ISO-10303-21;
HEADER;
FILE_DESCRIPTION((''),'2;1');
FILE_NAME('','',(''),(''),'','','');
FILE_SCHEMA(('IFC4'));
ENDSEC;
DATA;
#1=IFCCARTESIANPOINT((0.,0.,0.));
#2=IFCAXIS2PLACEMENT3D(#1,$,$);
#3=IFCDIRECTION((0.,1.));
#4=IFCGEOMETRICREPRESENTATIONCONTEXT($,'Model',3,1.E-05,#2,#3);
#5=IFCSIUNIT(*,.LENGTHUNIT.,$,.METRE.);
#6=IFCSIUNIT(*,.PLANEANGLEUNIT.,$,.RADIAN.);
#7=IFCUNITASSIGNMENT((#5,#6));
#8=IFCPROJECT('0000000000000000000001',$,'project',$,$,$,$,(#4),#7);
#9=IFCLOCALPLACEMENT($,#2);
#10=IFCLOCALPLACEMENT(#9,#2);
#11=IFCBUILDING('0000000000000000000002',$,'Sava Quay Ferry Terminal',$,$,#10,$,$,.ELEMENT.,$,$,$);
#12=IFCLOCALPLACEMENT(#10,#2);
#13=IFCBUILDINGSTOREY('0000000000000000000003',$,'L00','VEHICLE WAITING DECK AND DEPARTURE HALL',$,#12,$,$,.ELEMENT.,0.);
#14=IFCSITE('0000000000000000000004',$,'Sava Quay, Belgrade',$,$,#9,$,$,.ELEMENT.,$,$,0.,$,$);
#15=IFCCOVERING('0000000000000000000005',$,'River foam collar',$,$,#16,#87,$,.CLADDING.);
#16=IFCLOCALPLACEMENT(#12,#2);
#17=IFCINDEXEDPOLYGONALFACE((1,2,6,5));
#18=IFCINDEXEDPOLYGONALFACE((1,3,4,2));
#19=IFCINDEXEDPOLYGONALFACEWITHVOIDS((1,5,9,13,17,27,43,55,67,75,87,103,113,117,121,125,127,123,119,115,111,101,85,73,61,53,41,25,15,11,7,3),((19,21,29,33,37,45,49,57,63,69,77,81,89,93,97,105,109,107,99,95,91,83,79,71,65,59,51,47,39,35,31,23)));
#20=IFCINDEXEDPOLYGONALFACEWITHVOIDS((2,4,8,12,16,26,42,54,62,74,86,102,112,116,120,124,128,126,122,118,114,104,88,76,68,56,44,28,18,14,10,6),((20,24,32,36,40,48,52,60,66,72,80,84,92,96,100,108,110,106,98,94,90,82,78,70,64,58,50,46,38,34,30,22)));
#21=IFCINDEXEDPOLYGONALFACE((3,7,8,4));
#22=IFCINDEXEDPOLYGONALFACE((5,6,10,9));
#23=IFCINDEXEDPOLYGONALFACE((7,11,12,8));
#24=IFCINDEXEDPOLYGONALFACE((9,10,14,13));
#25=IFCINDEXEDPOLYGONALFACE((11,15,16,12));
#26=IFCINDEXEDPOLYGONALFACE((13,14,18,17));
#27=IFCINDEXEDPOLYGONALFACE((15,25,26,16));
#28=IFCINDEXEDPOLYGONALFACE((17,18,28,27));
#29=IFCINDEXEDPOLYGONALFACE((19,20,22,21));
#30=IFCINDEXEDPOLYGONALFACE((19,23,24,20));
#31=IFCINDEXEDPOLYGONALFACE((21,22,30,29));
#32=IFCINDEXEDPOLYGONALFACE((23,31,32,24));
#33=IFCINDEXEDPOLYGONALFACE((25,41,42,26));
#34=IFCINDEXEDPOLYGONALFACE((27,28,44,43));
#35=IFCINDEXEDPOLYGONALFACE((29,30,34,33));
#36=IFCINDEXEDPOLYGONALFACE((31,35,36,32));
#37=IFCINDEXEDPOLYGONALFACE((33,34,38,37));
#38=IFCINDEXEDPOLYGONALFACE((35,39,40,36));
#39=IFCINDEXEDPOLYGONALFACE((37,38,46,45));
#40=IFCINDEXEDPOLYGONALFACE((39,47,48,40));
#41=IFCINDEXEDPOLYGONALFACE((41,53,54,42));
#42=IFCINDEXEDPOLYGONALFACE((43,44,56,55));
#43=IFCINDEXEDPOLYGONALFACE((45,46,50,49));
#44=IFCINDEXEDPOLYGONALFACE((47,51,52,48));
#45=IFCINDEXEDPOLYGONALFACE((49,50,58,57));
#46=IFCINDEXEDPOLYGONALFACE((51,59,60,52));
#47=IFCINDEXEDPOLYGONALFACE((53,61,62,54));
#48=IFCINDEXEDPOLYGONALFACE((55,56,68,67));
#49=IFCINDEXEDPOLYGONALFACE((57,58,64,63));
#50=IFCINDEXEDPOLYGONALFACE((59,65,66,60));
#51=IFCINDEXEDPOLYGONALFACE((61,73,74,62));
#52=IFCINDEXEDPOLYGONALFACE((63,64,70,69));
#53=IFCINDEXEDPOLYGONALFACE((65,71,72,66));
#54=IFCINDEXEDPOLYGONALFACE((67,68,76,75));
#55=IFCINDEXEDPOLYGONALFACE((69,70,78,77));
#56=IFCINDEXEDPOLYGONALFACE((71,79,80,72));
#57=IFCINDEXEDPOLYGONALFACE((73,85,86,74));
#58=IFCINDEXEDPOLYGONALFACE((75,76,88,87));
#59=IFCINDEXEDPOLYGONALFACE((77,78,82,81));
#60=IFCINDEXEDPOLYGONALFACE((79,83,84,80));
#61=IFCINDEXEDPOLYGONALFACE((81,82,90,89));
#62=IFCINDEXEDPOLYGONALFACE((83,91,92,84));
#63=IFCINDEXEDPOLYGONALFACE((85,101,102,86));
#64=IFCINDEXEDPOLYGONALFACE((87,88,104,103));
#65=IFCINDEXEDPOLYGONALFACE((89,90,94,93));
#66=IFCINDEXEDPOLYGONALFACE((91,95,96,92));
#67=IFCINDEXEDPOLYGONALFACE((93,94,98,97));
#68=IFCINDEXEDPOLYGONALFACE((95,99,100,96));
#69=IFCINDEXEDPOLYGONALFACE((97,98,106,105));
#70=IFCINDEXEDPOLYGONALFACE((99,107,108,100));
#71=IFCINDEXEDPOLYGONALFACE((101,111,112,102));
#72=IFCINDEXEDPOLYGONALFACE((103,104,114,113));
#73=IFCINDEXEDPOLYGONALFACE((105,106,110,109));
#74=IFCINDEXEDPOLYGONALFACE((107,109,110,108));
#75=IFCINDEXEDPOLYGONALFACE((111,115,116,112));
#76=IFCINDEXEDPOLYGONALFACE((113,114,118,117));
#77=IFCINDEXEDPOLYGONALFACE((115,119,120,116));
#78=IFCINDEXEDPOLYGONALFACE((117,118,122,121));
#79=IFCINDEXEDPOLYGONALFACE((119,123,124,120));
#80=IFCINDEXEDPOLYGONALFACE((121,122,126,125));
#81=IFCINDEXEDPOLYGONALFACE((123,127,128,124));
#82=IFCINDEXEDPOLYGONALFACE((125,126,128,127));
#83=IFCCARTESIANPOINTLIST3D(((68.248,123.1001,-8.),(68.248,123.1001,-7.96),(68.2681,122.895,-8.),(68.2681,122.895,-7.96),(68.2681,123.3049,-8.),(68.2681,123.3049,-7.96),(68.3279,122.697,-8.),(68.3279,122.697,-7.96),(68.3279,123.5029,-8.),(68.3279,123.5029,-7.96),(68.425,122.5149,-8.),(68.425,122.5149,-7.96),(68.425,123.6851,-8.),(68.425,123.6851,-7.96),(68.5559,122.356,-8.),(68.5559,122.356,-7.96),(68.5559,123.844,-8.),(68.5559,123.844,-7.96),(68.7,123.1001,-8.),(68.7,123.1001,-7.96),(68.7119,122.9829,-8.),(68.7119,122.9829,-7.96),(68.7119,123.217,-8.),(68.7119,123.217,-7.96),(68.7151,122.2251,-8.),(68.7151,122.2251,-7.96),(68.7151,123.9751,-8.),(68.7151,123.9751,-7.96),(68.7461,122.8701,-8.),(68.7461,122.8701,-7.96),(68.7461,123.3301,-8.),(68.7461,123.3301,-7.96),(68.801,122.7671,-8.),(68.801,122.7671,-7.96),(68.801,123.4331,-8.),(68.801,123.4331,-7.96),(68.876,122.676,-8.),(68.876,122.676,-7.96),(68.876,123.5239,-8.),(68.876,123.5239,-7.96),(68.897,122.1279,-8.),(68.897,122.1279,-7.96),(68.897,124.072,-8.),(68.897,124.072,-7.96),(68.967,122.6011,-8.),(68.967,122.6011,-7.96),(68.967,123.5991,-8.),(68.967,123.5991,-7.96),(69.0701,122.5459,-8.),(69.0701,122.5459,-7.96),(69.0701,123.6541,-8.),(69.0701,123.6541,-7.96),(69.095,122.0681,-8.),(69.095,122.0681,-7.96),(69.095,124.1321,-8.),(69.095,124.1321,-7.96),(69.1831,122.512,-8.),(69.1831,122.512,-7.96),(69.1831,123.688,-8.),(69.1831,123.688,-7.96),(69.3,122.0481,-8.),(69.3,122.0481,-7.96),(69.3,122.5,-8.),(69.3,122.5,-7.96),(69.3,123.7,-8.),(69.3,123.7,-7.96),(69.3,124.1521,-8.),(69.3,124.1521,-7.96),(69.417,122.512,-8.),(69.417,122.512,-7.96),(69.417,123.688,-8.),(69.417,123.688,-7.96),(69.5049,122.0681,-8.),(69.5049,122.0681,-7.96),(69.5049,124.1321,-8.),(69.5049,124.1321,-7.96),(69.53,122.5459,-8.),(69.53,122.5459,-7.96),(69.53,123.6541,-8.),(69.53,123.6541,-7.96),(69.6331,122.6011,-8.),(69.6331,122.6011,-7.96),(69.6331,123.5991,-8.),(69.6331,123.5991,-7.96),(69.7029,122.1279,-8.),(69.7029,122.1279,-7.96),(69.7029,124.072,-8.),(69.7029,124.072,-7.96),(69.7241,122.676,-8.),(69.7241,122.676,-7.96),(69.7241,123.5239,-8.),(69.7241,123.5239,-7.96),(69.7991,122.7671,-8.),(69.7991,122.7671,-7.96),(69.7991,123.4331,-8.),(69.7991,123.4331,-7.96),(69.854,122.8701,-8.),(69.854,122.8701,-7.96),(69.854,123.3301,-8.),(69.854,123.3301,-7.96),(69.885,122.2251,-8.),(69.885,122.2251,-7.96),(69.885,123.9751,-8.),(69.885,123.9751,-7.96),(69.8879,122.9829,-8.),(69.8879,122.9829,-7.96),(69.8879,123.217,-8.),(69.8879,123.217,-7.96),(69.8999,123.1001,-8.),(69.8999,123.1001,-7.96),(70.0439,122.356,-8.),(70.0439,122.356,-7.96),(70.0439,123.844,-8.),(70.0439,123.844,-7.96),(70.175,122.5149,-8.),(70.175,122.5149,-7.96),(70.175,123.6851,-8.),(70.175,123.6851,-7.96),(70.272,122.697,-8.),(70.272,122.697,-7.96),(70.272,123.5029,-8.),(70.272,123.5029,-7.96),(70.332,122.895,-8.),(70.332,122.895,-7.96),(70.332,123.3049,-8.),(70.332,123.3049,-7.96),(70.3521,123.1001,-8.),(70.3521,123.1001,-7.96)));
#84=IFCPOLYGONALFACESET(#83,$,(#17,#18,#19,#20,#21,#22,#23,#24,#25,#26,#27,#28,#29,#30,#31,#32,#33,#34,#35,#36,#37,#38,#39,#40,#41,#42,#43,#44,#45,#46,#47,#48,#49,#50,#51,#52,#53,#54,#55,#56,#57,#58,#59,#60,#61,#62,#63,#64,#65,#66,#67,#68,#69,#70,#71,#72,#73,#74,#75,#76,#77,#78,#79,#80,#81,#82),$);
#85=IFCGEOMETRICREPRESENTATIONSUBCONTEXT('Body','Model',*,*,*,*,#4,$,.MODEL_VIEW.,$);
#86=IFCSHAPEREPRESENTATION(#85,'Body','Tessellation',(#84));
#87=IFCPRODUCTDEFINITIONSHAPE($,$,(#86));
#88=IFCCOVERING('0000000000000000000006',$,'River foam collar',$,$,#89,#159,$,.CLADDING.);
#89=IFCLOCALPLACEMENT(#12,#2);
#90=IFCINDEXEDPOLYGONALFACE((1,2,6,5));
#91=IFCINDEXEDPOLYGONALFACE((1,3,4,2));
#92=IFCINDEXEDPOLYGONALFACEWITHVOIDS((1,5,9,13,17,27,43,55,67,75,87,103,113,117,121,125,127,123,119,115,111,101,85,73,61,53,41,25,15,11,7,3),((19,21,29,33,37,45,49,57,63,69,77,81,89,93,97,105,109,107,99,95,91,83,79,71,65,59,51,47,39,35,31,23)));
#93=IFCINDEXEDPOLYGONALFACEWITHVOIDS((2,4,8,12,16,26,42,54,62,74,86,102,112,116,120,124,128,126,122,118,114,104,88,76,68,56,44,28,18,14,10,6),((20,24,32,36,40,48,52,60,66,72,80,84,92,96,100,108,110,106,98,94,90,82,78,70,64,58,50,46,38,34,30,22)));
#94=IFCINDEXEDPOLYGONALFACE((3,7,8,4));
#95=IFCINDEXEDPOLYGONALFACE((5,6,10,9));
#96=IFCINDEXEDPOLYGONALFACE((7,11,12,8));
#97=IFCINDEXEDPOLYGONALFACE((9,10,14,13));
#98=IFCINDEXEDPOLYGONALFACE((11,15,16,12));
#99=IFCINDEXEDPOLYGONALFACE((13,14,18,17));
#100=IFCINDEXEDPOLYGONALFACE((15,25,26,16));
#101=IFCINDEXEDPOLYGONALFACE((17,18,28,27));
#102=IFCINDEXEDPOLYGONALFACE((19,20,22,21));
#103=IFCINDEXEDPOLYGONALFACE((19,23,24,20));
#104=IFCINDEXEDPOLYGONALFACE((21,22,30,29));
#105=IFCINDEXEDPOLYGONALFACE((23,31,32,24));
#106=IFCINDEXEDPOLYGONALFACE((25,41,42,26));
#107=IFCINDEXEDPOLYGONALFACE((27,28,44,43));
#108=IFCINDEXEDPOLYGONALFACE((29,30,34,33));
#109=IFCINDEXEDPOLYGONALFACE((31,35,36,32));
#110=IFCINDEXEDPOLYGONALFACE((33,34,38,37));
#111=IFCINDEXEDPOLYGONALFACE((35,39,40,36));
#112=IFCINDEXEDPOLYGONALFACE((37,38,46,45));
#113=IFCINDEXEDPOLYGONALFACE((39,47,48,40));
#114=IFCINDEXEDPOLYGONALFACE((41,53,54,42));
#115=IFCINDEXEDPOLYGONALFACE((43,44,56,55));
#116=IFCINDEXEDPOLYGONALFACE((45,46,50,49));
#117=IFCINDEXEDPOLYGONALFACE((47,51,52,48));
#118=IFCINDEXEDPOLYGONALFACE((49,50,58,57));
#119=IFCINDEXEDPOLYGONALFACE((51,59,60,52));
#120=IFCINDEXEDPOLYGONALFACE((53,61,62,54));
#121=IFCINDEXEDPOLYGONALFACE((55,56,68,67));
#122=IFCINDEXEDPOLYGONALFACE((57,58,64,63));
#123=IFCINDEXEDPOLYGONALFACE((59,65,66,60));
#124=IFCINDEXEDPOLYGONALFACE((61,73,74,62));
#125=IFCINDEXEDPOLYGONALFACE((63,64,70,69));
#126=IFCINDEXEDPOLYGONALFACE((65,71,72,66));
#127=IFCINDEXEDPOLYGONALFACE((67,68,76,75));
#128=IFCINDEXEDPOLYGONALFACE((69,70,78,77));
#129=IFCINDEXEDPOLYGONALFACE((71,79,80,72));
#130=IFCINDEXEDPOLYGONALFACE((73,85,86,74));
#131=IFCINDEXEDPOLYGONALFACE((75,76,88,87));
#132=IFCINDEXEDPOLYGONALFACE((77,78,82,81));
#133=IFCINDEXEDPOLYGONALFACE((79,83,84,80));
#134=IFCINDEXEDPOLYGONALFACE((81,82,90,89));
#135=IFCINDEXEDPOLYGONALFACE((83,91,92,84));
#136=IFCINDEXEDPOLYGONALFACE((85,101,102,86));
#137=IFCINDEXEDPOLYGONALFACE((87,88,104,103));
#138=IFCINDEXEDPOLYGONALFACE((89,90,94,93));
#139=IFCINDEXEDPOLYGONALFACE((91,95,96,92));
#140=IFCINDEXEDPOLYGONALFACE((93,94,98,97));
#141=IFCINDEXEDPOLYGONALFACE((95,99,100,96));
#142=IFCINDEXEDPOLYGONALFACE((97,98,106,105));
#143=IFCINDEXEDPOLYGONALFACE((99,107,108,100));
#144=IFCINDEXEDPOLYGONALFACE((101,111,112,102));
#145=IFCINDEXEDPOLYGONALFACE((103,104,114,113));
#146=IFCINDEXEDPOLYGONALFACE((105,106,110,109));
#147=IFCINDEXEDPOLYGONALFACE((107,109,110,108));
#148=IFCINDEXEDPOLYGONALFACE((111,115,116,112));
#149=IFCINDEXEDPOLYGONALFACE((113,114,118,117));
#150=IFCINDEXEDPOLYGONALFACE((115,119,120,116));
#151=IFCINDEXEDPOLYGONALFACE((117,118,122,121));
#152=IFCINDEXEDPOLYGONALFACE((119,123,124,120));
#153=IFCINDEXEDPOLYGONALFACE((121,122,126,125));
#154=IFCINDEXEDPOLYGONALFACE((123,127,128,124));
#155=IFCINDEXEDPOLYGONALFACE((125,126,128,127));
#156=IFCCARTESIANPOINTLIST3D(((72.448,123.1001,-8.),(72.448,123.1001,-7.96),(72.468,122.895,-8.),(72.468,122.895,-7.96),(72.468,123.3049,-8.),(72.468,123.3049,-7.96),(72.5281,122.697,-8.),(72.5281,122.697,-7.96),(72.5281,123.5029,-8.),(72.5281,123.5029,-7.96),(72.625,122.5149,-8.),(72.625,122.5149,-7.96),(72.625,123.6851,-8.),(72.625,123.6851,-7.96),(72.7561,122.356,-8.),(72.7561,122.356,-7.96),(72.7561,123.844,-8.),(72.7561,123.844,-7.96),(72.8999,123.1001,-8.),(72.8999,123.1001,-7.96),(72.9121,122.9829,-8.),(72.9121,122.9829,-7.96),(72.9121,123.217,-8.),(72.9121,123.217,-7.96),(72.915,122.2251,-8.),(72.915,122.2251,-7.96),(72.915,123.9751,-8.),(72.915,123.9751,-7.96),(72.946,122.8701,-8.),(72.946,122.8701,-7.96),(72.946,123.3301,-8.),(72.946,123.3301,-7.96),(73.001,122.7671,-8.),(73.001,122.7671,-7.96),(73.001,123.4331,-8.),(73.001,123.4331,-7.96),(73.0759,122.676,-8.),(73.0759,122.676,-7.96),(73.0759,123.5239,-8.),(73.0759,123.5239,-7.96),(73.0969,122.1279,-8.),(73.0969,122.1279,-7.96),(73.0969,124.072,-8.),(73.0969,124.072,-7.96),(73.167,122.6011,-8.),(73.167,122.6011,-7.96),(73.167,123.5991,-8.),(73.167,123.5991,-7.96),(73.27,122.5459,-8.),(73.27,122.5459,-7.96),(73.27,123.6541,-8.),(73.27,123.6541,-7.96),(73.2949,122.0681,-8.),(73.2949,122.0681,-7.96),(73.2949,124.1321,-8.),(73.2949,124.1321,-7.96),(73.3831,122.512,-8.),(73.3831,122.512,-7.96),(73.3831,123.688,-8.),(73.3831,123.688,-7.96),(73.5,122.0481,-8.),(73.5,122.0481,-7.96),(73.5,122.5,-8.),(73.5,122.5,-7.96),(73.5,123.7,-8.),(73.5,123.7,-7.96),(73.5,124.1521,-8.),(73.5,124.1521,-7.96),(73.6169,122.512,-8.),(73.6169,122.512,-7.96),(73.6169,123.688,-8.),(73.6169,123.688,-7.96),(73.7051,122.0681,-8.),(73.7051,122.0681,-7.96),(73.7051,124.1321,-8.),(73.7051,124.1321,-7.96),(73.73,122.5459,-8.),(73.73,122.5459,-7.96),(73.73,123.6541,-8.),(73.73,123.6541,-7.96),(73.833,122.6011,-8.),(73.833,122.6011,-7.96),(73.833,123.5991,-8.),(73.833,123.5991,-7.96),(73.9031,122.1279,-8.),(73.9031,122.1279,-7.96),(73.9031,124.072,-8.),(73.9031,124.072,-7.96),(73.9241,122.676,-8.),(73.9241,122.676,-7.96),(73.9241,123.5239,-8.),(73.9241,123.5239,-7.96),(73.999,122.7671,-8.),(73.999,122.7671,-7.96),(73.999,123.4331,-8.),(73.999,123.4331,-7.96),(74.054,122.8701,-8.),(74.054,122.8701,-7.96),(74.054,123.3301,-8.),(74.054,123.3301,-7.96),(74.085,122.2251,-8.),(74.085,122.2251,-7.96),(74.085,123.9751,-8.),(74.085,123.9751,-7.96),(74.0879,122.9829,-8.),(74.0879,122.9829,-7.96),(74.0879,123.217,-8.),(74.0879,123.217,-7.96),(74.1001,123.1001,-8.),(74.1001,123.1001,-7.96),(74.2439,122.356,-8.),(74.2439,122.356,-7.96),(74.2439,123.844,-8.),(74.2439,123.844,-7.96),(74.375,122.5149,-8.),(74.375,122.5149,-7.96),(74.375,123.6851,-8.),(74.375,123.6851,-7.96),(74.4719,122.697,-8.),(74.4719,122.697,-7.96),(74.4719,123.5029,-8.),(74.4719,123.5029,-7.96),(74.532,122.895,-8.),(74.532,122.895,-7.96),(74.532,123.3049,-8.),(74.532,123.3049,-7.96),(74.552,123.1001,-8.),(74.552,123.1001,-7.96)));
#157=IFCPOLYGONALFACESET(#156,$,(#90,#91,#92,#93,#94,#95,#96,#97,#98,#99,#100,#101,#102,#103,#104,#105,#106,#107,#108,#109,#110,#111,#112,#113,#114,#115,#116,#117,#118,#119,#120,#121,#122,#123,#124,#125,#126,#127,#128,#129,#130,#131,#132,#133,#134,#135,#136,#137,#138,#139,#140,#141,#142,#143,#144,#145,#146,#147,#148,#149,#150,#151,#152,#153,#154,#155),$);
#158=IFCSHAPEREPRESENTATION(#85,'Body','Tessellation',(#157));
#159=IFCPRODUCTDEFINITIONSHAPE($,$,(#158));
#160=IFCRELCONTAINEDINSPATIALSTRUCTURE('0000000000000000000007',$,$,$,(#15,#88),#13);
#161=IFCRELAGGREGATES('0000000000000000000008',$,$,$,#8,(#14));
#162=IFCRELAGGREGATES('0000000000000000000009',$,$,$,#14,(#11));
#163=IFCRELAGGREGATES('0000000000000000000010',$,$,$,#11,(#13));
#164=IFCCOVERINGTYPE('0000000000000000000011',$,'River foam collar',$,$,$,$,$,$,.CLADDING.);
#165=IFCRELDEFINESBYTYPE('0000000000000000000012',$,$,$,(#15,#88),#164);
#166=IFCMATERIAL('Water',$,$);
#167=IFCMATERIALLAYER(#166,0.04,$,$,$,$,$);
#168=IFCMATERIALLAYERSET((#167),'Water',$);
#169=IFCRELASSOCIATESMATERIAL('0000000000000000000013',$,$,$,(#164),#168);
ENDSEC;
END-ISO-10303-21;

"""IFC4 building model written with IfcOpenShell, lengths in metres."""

from ifc_helpers import new_model, si_unit, direction, frame, origin, place, context, subcontext, project, spatial, polyline, outline, extrude, material, layer, layer_set, type_object, element, save


model = new_model("IFC4")

# Units and contexts
model_context = context("Model", 3, precision=1e-05, world=origin(), true_north=direction((0.0, 1.0)))
body_context = subcontext(model_context, "Body", "Model", "MODEL_VIEW")
ifc_project = project(units=[si_unit("LENGTHUNIT", "METRE"), si_unit("PLANEANGLEUNIT", "RADIAN")], contexts=[model_context])

# Site, building, storey
site_placement = place(None, origin())
site = spatial("IfcSite", under=ifc_project, at=site_placement, Name="Sava Quay, Belgrade", CompositionType="ELEMENT", RefElevation=0.0)
building_placement = place(site_placement, origin())
building = spatial("IfcBuilding", under=site, at=building_placement, Name="Sava Quay Ferry Terminal", CompositionType="ELEMENT")
storey_placement = place(building_placement, origin())
storey = spatial("IfcBuildingStorey", under=building, at=storey_placement, Name="L00", Description="VEHICLE WAITING DECK AND DEPARTURE HALL", CompositionType="ELEMENT", Elevation=0.0)

# Coverings
ifc_material = material(Name="Water")
ifc_layer = layer(ifc_material, 0.04)
ifc_layer_set = layer_set([ifc_layer], Name="Water")
covering_type = type_object("IfcCoveringType", Name="River foam collar", PredefinedType="CLADDING", material=ifc_layer_set)
covering_1_placement = place(storey_placement, frame((0.0, 0.0, -8.0)))
element("IfcCovering", 1, at=covering_1_placement, inside=storey, type_object=covering_type, Name="River foam collar", PredefinedType="CLADDING", context=body_context, shape_type="SweptSolid", body=[
    extrude(outline(polyline([(68.2681, 122.895), (68.3279, 122.697), (68.425, 122.5149), (68.5559, 122.356), (68.7151, 122.2251), (68.897, 122.1279), (69.095, 122.0681), (69.3, 122.0481), (69.5049, 122.0681), (69.7029, 122.1279), (69.885, 122.2251), (70.0439, 122.356), (70.175, 122.5149), (70.272, 122.697), (70.332, 122.895), (70.3521, 123.1001), (70.332, 123.3049), (70.272, 123.5029), (70.175, 123.6851), (70.0439, 123.844), (69.885, 123.9751), (69.7029, 124.072), (69.5049, 124.1321), (69.3, 124.1521), (69.095, 124.1321), (68.897, 124.072), (68.7151, 123.9751), (68.5559, 123.844), (68.425, 123.6851), (68.3279, 123.5029), (68.2681, 123.3049), (68.248, 123.1001), (68.2681, 122.895)]), holes=[polyline([(68.7119, 123.217), (68.7461, 123.3301), (68.801, 123.4331), (68.876, 123.5239), (68.967, 123.5991), (69.0701, 123.6541), (69.1831, 123.688), (69.3, 123.7), (69.417, 123.688), (69.53, 123.6541), (69.6331, 123.5991), (69.7241, 123.5239), (69.7991, 123.4331), (69.854, 123.3301), (69.8879, 123.217), (69.8999, 123.1001), (69.8879, 122.9829), (69.854, 122.8701), (69.7991, 122.7671), (69.7241, 122.676), (69.6331, 122.6011), (69.53, 122.5459), (69.417, 122.512), (69.3, 122.5), (69.1831, 122.512), (69.0701, 122.5459), (68.967, 122.6011), (68.876, 122.676), (68.801, 122.7671), (68.7461, 122.8701), (68.7119, 122.9829), (68.7, 123.1001), (68.7119, 123.217)])]), origin(), (0.0, 0.0, 1.0), 0.04),
])
covering_2_placement = place(storey_placement, frame((0.0, 0.0, -8.0)))
element("IfcCovering", 2, at=covering_2_placement, inside=storey, type_object=covering_type, Name="River foam collar", PredefinedType="CLADDING", context=body_context, shape_type="SweptSolid", body=[
    extrude(outline(polyline([(72.448, 123.1001), (72.468, 122.895), (72.5281, 122.697), (72.625, 122.5149), (72.7561, 122.356), (72.915, 122.2251), (73.0969, 122.1279), (73.2949, 122.0681), (73.5, 122.0481), (73.7051, 122.0681), (73.9031, 122.1279), (74.085, 122.2251), (74.2439, 122.356), (74.375, 122.5149), (74.4719, 122.697), (74.532, 122.895), (74.552, 123.1001), (74.532, 123.3049), (74.4719, 123.5029), (74.375, 123.6851), (74.2439, 123.844), (74.085, 123.9751), (73.9031, 124.072), (73.7051, 124.1321), (73.5, 124.1521), (73.2949, 124.1321), (73.0969, 124.072), (72.915, 123.9751), (72.7561, 123.844), (72.625, 123.6851), (72.5281, 123.5029), (72.468, 123.3049), (72.448, 123.1001)]), holes=[polyline([(72.8999, 123.1001), (72.9121, 123.217), (72.946, 123.3301), (73.001, 123.4331), (73.0759, 123.5239), (73.167, 123.5991), (73.27, 123.6541), (73.3831, 123.688), (73.5, 123.7), (73.6169, 123.688), (73.73, 123.6541), (73.833, 123.5991), (73.9241, 123.5239), (73.999, 123.4331), (74.054, 123.3301), (74.0879, 123.217), (74.1001, 123.1001), (74.0879, 122.9829), (74.054, 122.8701), (73.999, 122.7671), (73.9241, 122.676), (73.833, 122.6011), (73.73, 122.5459), (73.6169, 122.512), (73.5, 122.5), (73.3831, 122.512), (73.27, 122.5459), (73.167, 122.6011), (73.0759, 122.676), (73.001, 122.7671), (72.946, 122.8701), (72.9121, 122.9829), (72.8999, 123.1001)])]), origin(), (0.0, 0.0, 1.0), 0.04),
])

save(model, "model.ifc")
